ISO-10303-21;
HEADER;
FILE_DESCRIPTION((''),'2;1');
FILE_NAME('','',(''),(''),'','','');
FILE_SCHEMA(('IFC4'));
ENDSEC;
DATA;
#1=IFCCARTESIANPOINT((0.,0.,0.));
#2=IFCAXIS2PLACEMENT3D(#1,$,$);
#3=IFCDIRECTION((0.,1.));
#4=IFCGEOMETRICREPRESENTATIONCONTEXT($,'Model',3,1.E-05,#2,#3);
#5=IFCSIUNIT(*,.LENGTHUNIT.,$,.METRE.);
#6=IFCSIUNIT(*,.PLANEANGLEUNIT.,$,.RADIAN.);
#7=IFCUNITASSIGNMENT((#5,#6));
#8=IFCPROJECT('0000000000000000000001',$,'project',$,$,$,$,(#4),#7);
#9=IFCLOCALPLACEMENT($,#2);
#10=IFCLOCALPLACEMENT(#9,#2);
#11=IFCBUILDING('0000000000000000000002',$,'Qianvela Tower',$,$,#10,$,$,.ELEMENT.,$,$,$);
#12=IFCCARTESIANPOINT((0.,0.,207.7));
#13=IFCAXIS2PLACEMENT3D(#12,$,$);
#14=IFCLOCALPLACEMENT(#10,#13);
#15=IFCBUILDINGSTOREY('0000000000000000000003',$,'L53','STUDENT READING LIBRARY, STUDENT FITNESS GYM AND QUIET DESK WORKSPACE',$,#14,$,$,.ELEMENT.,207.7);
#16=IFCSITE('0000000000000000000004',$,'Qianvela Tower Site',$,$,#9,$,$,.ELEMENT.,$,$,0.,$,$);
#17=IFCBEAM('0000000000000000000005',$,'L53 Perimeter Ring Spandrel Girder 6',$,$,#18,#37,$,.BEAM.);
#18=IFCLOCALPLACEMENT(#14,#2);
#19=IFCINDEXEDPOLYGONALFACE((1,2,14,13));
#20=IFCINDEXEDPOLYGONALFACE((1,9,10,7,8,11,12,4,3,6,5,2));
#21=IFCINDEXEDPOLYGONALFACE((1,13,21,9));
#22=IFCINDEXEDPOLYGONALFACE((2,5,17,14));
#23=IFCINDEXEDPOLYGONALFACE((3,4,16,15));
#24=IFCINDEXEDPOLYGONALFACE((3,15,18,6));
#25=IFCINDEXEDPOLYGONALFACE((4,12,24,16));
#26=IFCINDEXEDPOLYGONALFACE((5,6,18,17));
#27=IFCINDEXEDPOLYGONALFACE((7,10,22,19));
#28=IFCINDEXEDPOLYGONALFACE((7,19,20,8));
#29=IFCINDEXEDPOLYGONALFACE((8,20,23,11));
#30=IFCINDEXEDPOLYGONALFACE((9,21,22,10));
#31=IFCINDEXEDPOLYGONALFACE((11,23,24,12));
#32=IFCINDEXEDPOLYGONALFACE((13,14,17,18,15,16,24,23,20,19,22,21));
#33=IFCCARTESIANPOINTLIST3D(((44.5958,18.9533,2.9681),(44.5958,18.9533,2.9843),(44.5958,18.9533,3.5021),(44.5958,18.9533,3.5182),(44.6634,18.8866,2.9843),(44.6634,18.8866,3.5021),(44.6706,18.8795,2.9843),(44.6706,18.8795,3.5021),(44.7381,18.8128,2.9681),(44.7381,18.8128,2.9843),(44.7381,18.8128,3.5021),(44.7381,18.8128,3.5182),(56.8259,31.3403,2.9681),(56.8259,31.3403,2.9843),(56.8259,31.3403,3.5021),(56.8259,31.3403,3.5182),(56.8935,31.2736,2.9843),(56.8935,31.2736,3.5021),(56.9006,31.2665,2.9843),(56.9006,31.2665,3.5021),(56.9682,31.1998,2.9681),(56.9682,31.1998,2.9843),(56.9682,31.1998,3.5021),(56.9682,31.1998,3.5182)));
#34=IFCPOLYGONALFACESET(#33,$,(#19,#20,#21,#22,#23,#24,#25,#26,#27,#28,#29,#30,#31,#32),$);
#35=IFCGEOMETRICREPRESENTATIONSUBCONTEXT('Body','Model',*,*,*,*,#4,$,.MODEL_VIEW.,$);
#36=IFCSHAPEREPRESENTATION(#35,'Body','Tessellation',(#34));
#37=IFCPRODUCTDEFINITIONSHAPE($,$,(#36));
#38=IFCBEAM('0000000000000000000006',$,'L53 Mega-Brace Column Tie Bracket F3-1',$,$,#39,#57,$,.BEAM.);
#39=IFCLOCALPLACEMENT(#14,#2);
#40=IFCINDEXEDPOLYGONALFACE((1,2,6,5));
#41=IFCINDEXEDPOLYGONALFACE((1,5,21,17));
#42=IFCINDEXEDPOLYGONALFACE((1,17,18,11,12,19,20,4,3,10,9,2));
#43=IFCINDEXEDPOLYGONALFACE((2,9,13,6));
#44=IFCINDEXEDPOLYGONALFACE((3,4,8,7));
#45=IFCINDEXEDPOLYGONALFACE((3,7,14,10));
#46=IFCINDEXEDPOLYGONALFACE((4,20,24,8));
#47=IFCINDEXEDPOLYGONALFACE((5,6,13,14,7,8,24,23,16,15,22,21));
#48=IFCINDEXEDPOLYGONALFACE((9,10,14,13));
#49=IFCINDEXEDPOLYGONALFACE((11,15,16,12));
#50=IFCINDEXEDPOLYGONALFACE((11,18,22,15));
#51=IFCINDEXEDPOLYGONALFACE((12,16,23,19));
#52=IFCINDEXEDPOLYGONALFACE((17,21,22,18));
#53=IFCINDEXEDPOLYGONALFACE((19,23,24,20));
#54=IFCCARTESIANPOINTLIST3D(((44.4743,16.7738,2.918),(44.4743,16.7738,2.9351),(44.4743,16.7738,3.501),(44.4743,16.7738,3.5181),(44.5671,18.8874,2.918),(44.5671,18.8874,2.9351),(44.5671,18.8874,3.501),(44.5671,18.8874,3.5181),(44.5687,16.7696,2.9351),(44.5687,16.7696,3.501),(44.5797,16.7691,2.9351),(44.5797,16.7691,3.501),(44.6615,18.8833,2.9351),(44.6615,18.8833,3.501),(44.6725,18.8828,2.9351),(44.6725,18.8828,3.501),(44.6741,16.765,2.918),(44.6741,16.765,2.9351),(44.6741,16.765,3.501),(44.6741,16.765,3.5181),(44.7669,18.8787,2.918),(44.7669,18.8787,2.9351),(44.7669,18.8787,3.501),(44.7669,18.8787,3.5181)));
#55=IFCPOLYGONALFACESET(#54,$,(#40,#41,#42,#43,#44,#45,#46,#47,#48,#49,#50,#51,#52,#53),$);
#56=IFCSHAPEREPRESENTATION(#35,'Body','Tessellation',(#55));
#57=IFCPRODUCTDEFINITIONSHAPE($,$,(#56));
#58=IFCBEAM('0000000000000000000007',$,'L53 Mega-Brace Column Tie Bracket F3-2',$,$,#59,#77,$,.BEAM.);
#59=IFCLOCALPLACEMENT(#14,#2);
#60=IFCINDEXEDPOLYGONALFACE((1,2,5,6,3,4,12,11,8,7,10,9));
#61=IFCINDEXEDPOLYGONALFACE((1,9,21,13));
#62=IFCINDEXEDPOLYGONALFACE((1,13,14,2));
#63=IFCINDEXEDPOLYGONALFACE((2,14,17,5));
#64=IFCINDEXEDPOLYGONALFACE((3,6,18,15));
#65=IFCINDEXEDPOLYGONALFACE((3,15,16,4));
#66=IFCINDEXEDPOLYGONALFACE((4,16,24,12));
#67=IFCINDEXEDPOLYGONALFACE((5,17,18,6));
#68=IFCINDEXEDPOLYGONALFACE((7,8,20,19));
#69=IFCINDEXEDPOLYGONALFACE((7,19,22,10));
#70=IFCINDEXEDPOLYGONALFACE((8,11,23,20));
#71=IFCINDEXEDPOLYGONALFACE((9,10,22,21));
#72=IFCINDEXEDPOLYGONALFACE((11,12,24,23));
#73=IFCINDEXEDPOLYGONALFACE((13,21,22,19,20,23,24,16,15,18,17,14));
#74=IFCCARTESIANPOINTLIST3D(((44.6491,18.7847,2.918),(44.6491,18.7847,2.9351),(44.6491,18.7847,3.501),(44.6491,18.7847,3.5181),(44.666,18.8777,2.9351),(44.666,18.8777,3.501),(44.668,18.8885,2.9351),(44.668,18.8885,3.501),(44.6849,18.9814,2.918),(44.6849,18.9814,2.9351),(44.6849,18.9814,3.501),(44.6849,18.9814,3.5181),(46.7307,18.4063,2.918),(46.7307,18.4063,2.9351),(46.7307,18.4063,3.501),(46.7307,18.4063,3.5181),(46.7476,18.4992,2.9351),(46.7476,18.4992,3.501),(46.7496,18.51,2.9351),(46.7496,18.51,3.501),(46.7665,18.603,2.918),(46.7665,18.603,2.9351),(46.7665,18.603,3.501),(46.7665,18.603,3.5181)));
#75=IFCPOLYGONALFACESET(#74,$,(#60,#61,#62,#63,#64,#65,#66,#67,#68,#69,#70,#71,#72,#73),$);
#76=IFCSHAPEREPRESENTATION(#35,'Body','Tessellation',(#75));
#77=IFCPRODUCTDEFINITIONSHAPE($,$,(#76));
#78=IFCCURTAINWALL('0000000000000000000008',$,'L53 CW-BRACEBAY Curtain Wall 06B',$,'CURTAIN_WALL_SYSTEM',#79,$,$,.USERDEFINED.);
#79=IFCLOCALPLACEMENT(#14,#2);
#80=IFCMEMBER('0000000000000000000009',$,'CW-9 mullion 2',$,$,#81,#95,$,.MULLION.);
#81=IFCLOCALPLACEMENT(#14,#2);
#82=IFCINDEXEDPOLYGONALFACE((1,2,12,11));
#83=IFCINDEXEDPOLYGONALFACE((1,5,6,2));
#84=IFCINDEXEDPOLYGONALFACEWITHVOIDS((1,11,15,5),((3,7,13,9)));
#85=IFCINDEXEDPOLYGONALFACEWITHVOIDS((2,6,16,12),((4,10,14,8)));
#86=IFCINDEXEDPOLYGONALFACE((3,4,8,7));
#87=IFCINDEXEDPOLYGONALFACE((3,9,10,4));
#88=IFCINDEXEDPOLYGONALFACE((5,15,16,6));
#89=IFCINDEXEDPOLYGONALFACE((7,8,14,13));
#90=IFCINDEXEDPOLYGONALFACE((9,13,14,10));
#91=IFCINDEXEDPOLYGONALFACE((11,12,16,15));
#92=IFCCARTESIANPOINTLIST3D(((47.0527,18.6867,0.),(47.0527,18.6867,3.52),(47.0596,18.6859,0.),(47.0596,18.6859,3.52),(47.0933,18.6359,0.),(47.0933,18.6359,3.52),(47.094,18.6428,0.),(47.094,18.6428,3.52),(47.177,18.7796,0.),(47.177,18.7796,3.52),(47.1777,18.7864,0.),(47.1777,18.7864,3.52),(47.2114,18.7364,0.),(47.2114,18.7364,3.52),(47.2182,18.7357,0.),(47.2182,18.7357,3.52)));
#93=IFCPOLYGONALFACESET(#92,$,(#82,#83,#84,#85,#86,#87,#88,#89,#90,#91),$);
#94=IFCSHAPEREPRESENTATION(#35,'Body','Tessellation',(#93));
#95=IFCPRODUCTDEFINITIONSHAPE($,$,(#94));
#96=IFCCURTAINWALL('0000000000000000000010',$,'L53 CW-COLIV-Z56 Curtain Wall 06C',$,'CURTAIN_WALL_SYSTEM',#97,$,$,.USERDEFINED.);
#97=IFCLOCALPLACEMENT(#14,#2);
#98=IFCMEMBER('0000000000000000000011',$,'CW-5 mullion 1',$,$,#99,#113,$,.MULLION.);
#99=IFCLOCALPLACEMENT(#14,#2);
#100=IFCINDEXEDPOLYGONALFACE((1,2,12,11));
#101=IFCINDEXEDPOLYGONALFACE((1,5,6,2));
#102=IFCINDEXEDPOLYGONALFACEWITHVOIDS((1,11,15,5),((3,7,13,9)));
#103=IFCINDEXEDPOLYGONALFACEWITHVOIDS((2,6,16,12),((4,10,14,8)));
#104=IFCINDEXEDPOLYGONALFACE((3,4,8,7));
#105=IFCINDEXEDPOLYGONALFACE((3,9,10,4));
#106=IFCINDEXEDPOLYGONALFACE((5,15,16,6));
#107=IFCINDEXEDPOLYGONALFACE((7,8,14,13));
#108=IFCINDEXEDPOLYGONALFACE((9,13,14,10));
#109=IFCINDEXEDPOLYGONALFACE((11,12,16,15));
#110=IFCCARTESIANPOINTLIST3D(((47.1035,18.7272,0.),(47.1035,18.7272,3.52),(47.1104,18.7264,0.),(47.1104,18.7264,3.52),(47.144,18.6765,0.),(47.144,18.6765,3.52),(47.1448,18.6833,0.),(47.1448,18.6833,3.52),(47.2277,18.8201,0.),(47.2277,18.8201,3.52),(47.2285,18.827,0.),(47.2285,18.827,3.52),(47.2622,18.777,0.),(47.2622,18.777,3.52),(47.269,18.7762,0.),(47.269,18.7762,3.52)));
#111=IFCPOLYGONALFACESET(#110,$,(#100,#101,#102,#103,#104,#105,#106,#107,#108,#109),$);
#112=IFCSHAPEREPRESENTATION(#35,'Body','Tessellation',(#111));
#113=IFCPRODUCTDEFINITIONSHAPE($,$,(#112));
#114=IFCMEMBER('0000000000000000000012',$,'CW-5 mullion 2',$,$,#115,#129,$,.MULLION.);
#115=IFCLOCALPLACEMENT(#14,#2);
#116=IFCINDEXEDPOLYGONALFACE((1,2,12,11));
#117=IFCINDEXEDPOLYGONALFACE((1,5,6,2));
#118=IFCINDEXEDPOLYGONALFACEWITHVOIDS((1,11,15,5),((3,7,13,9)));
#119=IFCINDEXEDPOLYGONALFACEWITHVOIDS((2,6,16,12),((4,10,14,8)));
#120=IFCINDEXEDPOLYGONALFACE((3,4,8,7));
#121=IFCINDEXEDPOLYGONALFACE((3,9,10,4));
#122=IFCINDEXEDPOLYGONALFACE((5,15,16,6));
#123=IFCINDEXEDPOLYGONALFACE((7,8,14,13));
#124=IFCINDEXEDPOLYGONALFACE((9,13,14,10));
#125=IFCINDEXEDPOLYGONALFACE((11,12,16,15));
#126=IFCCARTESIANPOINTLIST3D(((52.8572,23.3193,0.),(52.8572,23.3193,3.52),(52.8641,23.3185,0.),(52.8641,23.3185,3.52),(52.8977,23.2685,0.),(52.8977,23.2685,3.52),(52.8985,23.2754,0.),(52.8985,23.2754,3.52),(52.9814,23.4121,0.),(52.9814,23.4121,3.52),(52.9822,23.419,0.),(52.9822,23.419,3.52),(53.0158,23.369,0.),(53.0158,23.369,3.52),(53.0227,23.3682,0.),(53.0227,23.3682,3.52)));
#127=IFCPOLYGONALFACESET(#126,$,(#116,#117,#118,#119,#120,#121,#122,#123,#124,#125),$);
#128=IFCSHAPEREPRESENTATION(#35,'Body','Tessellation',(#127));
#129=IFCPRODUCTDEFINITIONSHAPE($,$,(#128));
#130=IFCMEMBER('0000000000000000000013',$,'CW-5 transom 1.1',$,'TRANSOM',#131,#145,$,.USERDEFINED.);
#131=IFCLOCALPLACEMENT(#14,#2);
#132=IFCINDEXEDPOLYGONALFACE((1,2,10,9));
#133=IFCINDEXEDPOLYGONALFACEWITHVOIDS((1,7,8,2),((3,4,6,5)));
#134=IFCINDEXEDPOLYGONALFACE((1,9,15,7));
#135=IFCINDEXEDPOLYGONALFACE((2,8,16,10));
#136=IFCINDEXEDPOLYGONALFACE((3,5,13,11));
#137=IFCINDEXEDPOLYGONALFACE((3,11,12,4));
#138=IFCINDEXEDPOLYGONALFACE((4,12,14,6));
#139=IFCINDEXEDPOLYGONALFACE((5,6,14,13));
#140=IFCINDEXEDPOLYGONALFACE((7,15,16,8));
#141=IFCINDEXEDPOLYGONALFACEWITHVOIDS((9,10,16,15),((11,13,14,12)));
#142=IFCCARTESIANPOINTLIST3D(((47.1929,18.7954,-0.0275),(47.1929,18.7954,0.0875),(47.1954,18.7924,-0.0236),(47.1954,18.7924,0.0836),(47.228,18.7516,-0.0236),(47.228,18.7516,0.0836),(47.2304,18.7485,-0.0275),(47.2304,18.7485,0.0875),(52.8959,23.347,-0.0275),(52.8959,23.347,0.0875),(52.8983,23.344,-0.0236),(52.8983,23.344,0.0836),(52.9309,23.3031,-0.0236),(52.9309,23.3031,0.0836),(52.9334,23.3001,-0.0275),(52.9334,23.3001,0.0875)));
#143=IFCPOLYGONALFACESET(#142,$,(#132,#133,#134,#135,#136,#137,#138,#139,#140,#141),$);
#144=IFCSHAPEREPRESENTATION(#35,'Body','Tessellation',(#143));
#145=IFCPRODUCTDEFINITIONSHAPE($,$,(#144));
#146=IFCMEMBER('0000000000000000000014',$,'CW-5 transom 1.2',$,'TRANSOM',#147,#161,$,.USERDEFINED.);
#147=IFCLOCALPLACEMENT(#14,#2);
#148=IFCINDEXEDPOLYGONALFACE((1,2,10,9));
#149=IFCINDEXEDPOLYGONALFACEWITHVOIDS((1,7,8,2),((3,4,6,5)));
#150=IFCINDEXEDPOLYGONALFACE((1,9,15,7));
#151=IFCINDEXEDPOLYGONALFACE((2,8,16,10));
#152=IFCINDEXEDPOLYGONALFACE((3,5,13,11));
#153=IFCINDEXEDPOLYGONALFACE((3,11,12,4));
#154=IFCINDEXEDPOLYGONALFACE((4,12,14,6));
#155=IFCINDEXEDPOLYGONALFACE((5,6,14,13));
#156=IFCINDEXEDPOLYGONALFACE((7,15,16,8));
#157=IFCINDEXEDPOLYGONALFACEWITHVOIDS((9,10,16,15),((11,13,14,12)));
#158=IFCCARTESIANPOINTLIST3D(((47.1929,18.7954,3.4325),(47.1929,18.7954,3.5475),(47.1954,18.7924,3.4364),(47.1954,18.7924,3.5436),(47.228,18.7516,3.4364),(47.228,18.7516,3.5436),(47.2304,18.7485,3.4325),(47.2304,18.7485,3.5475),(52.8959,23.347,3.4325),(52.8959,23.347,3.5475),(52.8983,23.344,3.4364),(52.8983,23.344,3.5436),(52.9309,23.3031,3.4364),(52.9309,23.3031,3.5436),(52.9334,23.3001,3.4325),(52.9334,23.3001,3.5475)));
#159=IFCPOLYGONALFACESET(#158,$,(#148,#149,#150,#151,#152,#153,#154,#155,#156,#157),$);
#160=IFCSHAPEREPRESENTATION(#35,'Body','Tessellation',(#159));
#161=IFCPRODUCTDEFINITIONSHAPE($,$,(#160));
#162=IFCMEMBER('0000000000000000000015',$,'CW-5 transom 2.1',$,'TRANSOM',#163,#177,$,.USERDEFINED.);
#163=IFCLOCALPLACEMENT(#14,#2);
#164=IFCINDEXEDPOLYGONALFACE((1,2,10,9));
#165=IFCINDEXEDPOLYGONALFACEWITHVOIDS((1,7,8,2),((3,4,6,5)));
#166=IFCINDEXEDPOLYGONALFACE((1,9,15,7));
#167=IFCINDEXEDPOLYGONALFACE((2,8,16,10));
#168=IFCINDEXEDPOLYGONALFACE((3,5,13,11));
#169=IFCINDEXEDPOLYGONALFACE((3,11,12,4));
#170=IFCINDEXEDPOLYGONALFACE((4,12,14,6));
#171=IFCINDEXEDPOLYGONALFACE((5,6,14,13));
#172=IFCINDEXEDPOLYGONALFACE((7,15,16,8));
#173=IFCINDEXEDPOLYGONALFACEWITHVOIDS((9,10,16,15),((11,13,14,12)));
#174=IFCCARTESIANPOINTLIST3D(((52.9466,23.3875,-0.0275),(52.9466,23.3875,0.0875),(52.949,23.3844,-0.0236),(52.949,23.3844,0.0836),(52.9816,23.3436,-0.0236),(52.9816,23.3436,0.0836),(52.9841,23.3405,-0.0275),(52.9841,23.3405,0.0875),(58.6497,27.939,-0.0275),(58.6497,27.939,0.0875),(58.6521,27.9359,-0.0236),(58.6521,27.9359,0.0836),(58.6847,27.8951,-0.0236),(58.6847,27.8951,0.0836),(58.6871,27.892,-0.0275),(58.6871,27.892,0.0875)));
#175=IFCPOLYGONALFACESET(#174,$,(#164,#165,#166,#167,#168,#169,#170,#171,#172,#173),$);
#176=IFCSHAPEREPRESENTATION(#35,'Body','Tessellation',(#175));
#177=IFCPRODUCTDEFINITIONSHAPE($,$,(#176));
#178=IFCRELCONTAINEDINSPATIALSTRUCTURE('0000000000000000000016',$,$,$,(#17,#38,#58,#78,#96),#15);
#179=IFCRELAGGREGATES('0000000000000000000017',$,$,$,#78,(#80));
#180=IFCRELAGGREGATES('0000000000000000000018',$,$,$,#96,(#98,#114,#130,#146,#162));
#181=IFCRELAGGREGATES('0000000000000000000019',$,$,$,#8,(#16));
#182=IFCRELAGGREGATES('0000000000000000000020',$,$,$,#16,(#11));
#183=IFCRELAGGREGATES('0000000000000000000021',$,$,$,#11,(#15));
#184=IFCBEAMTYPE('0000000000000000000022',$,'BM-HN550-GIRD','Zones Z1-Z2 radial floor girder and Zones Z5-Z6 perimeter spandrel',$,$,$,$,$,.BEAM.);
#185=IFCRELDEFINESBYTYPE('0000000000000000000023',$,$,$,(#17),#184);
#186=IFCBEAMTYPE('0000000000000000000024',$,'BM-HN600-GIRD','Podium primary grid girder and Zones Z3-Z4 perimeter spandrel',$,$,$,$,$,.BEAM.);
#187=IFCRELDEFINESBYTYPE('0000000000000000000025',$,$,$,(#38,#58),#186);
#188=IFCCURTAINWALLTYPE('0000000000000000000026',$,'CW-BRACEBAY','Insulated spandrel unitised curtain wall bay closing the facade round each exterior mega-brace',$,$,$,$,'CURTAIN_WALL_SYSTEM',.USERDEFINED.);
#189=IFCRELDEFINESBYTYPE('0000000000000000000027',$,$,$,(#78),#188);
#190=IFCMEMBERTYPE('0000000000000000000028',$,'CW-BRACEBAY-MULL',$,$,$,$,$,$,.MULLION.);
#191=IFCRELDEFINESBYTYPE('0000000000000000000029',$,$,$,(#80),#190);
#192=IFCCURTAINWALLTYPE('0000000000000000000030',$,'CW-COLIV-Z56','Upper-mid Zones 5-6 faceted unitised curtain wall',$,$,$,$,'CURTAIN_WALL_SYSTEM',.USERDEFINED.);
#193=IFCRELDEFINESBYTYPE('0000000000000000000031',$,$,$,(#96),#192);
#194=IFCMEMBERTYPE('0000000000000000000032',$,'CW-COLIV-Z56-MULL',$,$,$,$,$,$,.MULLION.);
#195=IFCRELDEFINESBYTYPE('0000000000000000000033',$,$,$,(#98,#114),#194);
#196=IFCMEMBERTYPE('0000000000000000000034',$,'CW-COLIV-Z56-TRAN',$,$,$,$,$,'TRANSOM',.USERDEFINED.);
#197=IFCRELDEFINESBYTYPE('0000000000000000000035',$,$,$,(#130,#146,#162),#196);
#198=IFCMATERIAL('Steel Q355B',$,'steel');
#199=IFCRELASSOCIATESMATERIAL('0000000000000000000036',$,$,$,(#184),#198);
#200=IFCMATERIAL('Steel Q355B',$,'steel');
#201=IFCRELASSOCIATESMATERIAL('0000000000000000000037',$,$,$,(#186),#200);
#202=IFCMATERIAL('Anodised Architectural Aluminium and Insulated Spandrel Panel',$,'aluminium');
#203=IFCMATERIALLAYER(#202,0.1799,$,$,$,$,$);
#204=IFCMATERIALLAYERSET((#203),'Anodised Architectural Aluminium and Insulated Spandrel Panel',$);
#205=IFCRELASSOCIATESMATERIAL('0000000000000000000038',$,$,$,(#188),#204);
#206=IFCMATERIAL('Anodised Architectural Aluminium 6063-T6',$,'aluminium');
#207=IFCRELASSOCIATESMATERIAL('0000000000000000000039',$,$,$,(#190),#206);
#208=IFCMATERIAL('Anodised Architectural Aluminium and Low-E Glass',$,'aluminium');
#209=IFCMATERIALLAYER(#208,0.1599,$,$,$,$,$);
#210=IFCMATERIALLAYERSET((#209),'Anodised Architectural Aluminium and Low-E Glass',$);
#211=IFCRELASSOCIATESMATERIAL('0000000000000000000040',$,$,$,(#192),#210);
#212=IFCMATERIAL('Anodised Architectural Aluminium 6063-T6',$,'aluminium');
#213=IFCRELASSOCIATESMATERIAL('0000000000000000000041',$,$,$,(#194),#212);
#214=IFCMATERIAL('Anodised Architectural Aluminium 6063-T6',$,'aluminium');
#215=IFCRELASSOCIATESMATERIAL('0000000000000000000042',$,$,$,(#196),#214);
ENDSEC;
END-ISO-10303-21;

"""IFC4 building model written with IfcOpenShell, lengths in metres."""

from ifc_helpers import new_model, si_unit, direction, frame, origin, origin_2d, place, context, subcontext, project, spatial, hollow_rectangle, i_section, extrude, material, layer, layer_set, material_profile, profile_set, type_object, element, aggregate, save


model = new_model("IFC4")

# Units and contexts
model_context = context("Model", 3, precision=1e-05, world=origin(), true_north=direction((0.0, 1.0)))
body_context = subcontext(model_context, "Body", "Model", "MODEL_VIEW")
ifc_project = project(units=[si_unit("LENGTHUNIT", "METRE"), si_unit("PLANEANGLEUNIT", "RADIAN")], contexts=[model_context])

# Site, building, storey
site_placement = place(None, origin())
site = spatial("IfcSite", under=ifc_project, at=site_placement, Name="Qianvela Tower Site", CompositionType="ELEMENT", RefElevation=0.0)
building_placement = place(site_placement, origin())
building = spatial("IfcBuilding", under=site, at=building_placement, Name="Qianvela Tower", CompositionType="ELEMENT")
storey_placement = place(building_placement, frame((0.0, 0.0, 207.7)))
storey = spatial("IfcBuildingStorey", under=building, at=storey_placement, Name="L53", Description="STUDENT READING LIBRARY, STUDENT FITNESS GYM AND QUIET DESK WORKSPACE", CompositionType="ELEMENT", Elevation=207.7)

# Beams
ifc_material_1 = material(Name="Steel Q355B", Category="steel")
ifc_material_profile_1 = material_profile(ifc_material_1, i_section(OverallWidth=0.2, OverallDepth=0.55, WebThickness=0.01, FlangeThickness=0.0161, at=origin_2d()), Name="HN550x200x10x16")
ifc_profile_set_1 = profile_set([ifc_material_profile_1], Name="Steel Q355B")
beam_type_1 = type_object("IfcBeamType", Name="BM-HN550-GIRD", Description="Zones Z1-Z2 radial floor girder and Zones Z5-Z6 perimeter spandrel", PredefinedType="BEAM", material=ifc_profile_set_1)
beam_placement = place(storey_placement, frame((44.667, 18.8831, 3.2432), z_axis=(0.702583, 0.711602, 0.0), x_axis=(-0.711602, 0.702583, 0.0)))
element("IfcBeam", 1, at=beam_placement, inside=storey, type_object=beam_type_1, Name="L53 Perimeter Ring Spandrel Girder 6", PredefinedType="BEAM", context=body_context, shape_type="SweptSolid", body=[
    extrude(i_section(OverallWidth=0.2, OverallDepth=0.55, WebThickness=0.01, FlangeThickness=0.0161, at=origin_2d()), origin(), (0.0, 0.0, 1.0), 17.4072),
])
ifc_material_2 = material(Name="Steel Q355B", Category="steel")
ifc_material_profile_2 = material_profile(ifc_material_2, i_section(OverallWidth=0.2, OverallDepth=0.6001, WebThickness=0.011, FlangeThickness=0.0171, at=origin_2d()), Name="HN600x200x11x17")
ifc_profile_set_2 = profile_set([ifc_material_profile_2], Name="Steel Q355B")
beam_type_2 = type_object("IfcBeamType", Name="BM-HN600-GIRD", Description="Podium primary grid girder and Zones Z3-Z4 perimeter spandrel", PredefinedType="BEAM", material=ifc_profile_set_2)
for number, where, z_axis, x_axis, name in (
    (2, (44.667, 18.8831, 3.218), (-0.043848, -0.999038, 0.0), (0.999038, -0.043848, 0.0), "L53 Mega-Brace Column Tie Bracket F3-1"),
    (3, (44.667, 18.8831, 3.218), (0.983874, -0.178865, 0.0), (0.178865, 0.983874, 0.0), "L53 Mega-Brace Column Tie Bracket F3-2"),
):
    element("IfcBeam", number, at=place(storey_placement, frame(where, z_axis=z_axis, x_axis=x_axis)), inside=storey, type_object=beam_type_2, Name=name, PredefinedType="BEAM", context=body_context, shape_type="SweptSolid", body=[
        extrude(i_section(OverallWidth=0.2, OverallDepth=0.6001, WebThickness=0.011, FlangeThickness=0.0171, at=origin_2d()), origin(), (0.0, 0.0, 1.0), 2.1157),
    ])

# Curtain wall, member
ifc_material_3 = material(Name="Anodised Architectural Aluminium and Insulated Spandrel Panel", Category="aluminium")
ifc_layer_1 = layer(ifc_material_3, 0.1799)
ifc_layer_set_1 = layer_set([ifc_layer_1], Name="Anodised Architectural Aluminium and Insulated Spandrel Panel")
curtain_wall_type_1 = type_object("IfcCurtainWallType", Name="CW-BRACEBAY", Description="Insulated spandrel unitised curtain wall bay closing the facade round each exterior mega-brace", ElementType="CURTAIN_WALL_SYSTEM", PredefinedType="USERDEFINED", material=ifc_layer_set_1)
curtain_wall_1_placement = place(storey_placement, origin())
curtain_wall_1 = element("IfcCurtainWall", 4, at=curtain_wall_1_placement, inside=storey, type_object=curtain_wall_type_1, Name="L53 CW-BRACEBAY Curtain Wall 06B", ObjectType="CURTAIN_WALL_SYSTEM", PredefinedType="USERDEFINED")
ifc_material_4 = material(Name="Anodised Architectural Aluminium 6063-T6", Category="aluminium")
ifc_material_profile_3 = material_profile(ifc_material_4, hollow_rectangle(XDim=0.0649, YDim=0.1599, WallThickness=0.0049, at=origin_2d()), Name="ALU-MULL-65x160")
ifc_profile_set_3 = profile_set([ifc_material_profile_3], Name="Anodised Architectural Aluminium 6063-T6")
member_type_1 = type_object("IfcMemberType", Name="CW-BRACEBAY-MULL", PredefinedType="MULLION", material=ifc_profile_set_3)
member_1_placement = place(storey_placement, frame((47.1355, 18.7112, 0.0), z_axis=(0.0, 0.0, 1.0), x_axis=(-0.623781, 0.781599, 0.0)))
member_1 = element("IfcMember", 5, at=member_1_placement, type_object=member_type_1, Name="CW-9 mullion 2", PredefinedType="MULLION", context=body_context, shape_type="SweptSolid", body=[
    extrude(hollow_rectangle(XDim=0.0649, YDim=0.1599, WallThickness=0.0049, at=origin_2d()), origin(), (0.0, 0.0, 1.0), 3.52),
])

# Curtain wall, members
ifc_material_5 = material(Name="Anodised Architectural Aluminium and Low-E Glass", Category="aluminium")
ifc_layer_2 = layer(ifc_material_5, 0.1599)
ifc_layer_set_2 = layer_set([ifc_layer_2], Name="Anodised Architectural Aluminium and Low-E Glass")
curtain_wall_type_2 = type_object("IfcCurtainWallType", Name="CW-COLIV-Z56", Description="Upper-mid Zones 5-6 faceted unitised curtain wall", ElementType="CURTAIN_WALL_SYSTEM", PredefinedType="USERDEFINED", material=ifc_layer_set_2)
curtain_wall_2_placement = place(storey_placement, origin())
curtain_wall_2 = element("IfcCurtainWall", 6, at=curtain_wall_2_placement, inside=storey, type_object=curtain_wall_type_2, Name="L53 CW-COLIV-Z56 Curtain Wall 06C", ObjectType="CURTAIN_WALL_SYSTEM", PredefinedType="USERDEFINED")
ifc_material_6 = material(Name="Anodised Architectural Aluminium 6063-T6", Category="aluminium")
ifc_material_profile_4 = material_profile(ifc_material_6, hollow_rectangle(XDim=0.0649, YDim=0.1599, WallThickness=0.0049, at=origin_2d()), Name="ALU-MULL-65x160")
ifc_profile_set_4 = profile_set([ifc_material_profile_4], Name="Anodised Architectural Aluminium 6063-T6")
member_type_2 = type_object("IfcMemberType", Name="CW-COLIV-Z56-MULL", PredefinedType="MULLION", material=ifc_profile_set_4)
member_2_placement = place(storey_placement, frame((47.1863, 18.7517, 0.0), z_axis=(0.0, 0.0, 1.0), x_axis=(-0.623783, 0.781597, 0.0)))
member_2 = element("IfcMember", 7, at=member_2_placement, type_object=member_type_2, Name="CW-5 mullion 1", PredefinedType="MULLION", context=body_context, shape_type="SweptSolid", body=[
    extrude(hollow_rectangle(XDim=0.0649, YDim=0.1599, WallThickness=0.0049, at=origin_2d()), origin(), (0.0, 0.0, 1.0), 3.52),
])
member_3_placement = place(storey_placement, frame((52.9399, 23.3438, 0.0), z_axis=(0.0, 0.0, 1.0), x_axis=(-0.623783, 0.781597, 0.0)))
member_3 = element("IfcMember", 8, at=member_3_placement, type_object=member_type_2, Name="CW-5 mullion 2", PredefinedType="MULLION", context=body_context, shape_type="SweptSolid", body=[
    extrude(hollow_rectangle(XDim=0.0649, YDim=0.1599, WallThickness=0.0049, at=origin_2d()), origin(), (0.0, 0.0, 1.0), 3.52),
])
ifc_material_7 = material(Name="Anodised Architectural Aluminium 6063-T6", Category="aluminium")
ifc_material_profile_5 = material_profile(ifc_material_7, hollow_rectangle(XDim=0.0601, YDim=0.115, WallThickness=0.0039, at=origin_2d()), Name="ALU-TRAN-60x115")
ifc_profile_set_5 = profile_set([ifc_material_profile_5], Name="Anodised Architectural Aluminium 6063-T6")
member_type_3 = type_object("IfcMemberType", Name="CW-COLIV-Z56-TRAN", ElementType="TRANSOM", PredefinedType="USERDEFINED", material=ifc_profile_set_5)
member_4_placement = place(storey_placement, frame((47.2117, 18.772, 0.03), z_axis=(0.78159, 0.623793, 0.0), x_axis=(-0.623793, 0.78159, 0.0)))
member_4 = element("IfcMember", 9, at=member_4_placement, type_object=member_type_3, Name="CW-5 transom 1.1", ObjectType="TRANSOM", PredefinedType="USERDEFINED", context=body_context, shape_type="SweptSolid", body=[
    extrude(hollow_rectangle(XDim=0.0601, YDim=0.115, WallThickness=0.0039, at=origin_2d()), origin(), (0.0, 0.0, 1.0), 7.2966),
])
member_5_placement = place(storey_placement, frame((47.2117, 18.772, 3.49), z_axis=(0.78159, 0.623793, 0.0), x_axis=(-0.623793, 0.78159, 0.0)))
member_5 = element("IfcMember", 10, at=member_5_placement, type_object=member_type_3, Name="CW-5 transom 1.2", ObjectType="TRANSOM", PredefinedType="USERDEFINED", context=body_context, shape_type="SweptSolid", body=[
    extrude(hollow_rectangle(XDim=0.0601, YDim=0.115, WallThickness=0.0039, at=origin_2d()), origin(), (0.0, 0.0, 1.0), 7.2966),
])
member_6_placement = place(storey_placement, frame((52.9653, 23.364, 0.03), z_axis=(0.781603, 0.623777, 0.0), x_axis=(-0.623777, 0.781603, 0.0)))
member_6 = element("IfcMember", 11, at=member_6_placement, type_object=member_type_3, Name="CW-5 transom 2.1", ObjectType="TRANSOM", PredefinedType="USERDEFINED", context=body_context, shape_type="SweptSolid", body=[
    extrude(hollow_rectangle(XDim=0.0601, YDim=0.115, WallThickness=0.0039, at=origin_2d()), origin(), (0.0, 0.0, 1.0), 7.2966),
])

aggregate(curtain_wall_1, [member_1])
aggregate(curtain_wall_2, [member_2, member_3, member_4, member_5, member_6])

save(model, "model.ifc")
